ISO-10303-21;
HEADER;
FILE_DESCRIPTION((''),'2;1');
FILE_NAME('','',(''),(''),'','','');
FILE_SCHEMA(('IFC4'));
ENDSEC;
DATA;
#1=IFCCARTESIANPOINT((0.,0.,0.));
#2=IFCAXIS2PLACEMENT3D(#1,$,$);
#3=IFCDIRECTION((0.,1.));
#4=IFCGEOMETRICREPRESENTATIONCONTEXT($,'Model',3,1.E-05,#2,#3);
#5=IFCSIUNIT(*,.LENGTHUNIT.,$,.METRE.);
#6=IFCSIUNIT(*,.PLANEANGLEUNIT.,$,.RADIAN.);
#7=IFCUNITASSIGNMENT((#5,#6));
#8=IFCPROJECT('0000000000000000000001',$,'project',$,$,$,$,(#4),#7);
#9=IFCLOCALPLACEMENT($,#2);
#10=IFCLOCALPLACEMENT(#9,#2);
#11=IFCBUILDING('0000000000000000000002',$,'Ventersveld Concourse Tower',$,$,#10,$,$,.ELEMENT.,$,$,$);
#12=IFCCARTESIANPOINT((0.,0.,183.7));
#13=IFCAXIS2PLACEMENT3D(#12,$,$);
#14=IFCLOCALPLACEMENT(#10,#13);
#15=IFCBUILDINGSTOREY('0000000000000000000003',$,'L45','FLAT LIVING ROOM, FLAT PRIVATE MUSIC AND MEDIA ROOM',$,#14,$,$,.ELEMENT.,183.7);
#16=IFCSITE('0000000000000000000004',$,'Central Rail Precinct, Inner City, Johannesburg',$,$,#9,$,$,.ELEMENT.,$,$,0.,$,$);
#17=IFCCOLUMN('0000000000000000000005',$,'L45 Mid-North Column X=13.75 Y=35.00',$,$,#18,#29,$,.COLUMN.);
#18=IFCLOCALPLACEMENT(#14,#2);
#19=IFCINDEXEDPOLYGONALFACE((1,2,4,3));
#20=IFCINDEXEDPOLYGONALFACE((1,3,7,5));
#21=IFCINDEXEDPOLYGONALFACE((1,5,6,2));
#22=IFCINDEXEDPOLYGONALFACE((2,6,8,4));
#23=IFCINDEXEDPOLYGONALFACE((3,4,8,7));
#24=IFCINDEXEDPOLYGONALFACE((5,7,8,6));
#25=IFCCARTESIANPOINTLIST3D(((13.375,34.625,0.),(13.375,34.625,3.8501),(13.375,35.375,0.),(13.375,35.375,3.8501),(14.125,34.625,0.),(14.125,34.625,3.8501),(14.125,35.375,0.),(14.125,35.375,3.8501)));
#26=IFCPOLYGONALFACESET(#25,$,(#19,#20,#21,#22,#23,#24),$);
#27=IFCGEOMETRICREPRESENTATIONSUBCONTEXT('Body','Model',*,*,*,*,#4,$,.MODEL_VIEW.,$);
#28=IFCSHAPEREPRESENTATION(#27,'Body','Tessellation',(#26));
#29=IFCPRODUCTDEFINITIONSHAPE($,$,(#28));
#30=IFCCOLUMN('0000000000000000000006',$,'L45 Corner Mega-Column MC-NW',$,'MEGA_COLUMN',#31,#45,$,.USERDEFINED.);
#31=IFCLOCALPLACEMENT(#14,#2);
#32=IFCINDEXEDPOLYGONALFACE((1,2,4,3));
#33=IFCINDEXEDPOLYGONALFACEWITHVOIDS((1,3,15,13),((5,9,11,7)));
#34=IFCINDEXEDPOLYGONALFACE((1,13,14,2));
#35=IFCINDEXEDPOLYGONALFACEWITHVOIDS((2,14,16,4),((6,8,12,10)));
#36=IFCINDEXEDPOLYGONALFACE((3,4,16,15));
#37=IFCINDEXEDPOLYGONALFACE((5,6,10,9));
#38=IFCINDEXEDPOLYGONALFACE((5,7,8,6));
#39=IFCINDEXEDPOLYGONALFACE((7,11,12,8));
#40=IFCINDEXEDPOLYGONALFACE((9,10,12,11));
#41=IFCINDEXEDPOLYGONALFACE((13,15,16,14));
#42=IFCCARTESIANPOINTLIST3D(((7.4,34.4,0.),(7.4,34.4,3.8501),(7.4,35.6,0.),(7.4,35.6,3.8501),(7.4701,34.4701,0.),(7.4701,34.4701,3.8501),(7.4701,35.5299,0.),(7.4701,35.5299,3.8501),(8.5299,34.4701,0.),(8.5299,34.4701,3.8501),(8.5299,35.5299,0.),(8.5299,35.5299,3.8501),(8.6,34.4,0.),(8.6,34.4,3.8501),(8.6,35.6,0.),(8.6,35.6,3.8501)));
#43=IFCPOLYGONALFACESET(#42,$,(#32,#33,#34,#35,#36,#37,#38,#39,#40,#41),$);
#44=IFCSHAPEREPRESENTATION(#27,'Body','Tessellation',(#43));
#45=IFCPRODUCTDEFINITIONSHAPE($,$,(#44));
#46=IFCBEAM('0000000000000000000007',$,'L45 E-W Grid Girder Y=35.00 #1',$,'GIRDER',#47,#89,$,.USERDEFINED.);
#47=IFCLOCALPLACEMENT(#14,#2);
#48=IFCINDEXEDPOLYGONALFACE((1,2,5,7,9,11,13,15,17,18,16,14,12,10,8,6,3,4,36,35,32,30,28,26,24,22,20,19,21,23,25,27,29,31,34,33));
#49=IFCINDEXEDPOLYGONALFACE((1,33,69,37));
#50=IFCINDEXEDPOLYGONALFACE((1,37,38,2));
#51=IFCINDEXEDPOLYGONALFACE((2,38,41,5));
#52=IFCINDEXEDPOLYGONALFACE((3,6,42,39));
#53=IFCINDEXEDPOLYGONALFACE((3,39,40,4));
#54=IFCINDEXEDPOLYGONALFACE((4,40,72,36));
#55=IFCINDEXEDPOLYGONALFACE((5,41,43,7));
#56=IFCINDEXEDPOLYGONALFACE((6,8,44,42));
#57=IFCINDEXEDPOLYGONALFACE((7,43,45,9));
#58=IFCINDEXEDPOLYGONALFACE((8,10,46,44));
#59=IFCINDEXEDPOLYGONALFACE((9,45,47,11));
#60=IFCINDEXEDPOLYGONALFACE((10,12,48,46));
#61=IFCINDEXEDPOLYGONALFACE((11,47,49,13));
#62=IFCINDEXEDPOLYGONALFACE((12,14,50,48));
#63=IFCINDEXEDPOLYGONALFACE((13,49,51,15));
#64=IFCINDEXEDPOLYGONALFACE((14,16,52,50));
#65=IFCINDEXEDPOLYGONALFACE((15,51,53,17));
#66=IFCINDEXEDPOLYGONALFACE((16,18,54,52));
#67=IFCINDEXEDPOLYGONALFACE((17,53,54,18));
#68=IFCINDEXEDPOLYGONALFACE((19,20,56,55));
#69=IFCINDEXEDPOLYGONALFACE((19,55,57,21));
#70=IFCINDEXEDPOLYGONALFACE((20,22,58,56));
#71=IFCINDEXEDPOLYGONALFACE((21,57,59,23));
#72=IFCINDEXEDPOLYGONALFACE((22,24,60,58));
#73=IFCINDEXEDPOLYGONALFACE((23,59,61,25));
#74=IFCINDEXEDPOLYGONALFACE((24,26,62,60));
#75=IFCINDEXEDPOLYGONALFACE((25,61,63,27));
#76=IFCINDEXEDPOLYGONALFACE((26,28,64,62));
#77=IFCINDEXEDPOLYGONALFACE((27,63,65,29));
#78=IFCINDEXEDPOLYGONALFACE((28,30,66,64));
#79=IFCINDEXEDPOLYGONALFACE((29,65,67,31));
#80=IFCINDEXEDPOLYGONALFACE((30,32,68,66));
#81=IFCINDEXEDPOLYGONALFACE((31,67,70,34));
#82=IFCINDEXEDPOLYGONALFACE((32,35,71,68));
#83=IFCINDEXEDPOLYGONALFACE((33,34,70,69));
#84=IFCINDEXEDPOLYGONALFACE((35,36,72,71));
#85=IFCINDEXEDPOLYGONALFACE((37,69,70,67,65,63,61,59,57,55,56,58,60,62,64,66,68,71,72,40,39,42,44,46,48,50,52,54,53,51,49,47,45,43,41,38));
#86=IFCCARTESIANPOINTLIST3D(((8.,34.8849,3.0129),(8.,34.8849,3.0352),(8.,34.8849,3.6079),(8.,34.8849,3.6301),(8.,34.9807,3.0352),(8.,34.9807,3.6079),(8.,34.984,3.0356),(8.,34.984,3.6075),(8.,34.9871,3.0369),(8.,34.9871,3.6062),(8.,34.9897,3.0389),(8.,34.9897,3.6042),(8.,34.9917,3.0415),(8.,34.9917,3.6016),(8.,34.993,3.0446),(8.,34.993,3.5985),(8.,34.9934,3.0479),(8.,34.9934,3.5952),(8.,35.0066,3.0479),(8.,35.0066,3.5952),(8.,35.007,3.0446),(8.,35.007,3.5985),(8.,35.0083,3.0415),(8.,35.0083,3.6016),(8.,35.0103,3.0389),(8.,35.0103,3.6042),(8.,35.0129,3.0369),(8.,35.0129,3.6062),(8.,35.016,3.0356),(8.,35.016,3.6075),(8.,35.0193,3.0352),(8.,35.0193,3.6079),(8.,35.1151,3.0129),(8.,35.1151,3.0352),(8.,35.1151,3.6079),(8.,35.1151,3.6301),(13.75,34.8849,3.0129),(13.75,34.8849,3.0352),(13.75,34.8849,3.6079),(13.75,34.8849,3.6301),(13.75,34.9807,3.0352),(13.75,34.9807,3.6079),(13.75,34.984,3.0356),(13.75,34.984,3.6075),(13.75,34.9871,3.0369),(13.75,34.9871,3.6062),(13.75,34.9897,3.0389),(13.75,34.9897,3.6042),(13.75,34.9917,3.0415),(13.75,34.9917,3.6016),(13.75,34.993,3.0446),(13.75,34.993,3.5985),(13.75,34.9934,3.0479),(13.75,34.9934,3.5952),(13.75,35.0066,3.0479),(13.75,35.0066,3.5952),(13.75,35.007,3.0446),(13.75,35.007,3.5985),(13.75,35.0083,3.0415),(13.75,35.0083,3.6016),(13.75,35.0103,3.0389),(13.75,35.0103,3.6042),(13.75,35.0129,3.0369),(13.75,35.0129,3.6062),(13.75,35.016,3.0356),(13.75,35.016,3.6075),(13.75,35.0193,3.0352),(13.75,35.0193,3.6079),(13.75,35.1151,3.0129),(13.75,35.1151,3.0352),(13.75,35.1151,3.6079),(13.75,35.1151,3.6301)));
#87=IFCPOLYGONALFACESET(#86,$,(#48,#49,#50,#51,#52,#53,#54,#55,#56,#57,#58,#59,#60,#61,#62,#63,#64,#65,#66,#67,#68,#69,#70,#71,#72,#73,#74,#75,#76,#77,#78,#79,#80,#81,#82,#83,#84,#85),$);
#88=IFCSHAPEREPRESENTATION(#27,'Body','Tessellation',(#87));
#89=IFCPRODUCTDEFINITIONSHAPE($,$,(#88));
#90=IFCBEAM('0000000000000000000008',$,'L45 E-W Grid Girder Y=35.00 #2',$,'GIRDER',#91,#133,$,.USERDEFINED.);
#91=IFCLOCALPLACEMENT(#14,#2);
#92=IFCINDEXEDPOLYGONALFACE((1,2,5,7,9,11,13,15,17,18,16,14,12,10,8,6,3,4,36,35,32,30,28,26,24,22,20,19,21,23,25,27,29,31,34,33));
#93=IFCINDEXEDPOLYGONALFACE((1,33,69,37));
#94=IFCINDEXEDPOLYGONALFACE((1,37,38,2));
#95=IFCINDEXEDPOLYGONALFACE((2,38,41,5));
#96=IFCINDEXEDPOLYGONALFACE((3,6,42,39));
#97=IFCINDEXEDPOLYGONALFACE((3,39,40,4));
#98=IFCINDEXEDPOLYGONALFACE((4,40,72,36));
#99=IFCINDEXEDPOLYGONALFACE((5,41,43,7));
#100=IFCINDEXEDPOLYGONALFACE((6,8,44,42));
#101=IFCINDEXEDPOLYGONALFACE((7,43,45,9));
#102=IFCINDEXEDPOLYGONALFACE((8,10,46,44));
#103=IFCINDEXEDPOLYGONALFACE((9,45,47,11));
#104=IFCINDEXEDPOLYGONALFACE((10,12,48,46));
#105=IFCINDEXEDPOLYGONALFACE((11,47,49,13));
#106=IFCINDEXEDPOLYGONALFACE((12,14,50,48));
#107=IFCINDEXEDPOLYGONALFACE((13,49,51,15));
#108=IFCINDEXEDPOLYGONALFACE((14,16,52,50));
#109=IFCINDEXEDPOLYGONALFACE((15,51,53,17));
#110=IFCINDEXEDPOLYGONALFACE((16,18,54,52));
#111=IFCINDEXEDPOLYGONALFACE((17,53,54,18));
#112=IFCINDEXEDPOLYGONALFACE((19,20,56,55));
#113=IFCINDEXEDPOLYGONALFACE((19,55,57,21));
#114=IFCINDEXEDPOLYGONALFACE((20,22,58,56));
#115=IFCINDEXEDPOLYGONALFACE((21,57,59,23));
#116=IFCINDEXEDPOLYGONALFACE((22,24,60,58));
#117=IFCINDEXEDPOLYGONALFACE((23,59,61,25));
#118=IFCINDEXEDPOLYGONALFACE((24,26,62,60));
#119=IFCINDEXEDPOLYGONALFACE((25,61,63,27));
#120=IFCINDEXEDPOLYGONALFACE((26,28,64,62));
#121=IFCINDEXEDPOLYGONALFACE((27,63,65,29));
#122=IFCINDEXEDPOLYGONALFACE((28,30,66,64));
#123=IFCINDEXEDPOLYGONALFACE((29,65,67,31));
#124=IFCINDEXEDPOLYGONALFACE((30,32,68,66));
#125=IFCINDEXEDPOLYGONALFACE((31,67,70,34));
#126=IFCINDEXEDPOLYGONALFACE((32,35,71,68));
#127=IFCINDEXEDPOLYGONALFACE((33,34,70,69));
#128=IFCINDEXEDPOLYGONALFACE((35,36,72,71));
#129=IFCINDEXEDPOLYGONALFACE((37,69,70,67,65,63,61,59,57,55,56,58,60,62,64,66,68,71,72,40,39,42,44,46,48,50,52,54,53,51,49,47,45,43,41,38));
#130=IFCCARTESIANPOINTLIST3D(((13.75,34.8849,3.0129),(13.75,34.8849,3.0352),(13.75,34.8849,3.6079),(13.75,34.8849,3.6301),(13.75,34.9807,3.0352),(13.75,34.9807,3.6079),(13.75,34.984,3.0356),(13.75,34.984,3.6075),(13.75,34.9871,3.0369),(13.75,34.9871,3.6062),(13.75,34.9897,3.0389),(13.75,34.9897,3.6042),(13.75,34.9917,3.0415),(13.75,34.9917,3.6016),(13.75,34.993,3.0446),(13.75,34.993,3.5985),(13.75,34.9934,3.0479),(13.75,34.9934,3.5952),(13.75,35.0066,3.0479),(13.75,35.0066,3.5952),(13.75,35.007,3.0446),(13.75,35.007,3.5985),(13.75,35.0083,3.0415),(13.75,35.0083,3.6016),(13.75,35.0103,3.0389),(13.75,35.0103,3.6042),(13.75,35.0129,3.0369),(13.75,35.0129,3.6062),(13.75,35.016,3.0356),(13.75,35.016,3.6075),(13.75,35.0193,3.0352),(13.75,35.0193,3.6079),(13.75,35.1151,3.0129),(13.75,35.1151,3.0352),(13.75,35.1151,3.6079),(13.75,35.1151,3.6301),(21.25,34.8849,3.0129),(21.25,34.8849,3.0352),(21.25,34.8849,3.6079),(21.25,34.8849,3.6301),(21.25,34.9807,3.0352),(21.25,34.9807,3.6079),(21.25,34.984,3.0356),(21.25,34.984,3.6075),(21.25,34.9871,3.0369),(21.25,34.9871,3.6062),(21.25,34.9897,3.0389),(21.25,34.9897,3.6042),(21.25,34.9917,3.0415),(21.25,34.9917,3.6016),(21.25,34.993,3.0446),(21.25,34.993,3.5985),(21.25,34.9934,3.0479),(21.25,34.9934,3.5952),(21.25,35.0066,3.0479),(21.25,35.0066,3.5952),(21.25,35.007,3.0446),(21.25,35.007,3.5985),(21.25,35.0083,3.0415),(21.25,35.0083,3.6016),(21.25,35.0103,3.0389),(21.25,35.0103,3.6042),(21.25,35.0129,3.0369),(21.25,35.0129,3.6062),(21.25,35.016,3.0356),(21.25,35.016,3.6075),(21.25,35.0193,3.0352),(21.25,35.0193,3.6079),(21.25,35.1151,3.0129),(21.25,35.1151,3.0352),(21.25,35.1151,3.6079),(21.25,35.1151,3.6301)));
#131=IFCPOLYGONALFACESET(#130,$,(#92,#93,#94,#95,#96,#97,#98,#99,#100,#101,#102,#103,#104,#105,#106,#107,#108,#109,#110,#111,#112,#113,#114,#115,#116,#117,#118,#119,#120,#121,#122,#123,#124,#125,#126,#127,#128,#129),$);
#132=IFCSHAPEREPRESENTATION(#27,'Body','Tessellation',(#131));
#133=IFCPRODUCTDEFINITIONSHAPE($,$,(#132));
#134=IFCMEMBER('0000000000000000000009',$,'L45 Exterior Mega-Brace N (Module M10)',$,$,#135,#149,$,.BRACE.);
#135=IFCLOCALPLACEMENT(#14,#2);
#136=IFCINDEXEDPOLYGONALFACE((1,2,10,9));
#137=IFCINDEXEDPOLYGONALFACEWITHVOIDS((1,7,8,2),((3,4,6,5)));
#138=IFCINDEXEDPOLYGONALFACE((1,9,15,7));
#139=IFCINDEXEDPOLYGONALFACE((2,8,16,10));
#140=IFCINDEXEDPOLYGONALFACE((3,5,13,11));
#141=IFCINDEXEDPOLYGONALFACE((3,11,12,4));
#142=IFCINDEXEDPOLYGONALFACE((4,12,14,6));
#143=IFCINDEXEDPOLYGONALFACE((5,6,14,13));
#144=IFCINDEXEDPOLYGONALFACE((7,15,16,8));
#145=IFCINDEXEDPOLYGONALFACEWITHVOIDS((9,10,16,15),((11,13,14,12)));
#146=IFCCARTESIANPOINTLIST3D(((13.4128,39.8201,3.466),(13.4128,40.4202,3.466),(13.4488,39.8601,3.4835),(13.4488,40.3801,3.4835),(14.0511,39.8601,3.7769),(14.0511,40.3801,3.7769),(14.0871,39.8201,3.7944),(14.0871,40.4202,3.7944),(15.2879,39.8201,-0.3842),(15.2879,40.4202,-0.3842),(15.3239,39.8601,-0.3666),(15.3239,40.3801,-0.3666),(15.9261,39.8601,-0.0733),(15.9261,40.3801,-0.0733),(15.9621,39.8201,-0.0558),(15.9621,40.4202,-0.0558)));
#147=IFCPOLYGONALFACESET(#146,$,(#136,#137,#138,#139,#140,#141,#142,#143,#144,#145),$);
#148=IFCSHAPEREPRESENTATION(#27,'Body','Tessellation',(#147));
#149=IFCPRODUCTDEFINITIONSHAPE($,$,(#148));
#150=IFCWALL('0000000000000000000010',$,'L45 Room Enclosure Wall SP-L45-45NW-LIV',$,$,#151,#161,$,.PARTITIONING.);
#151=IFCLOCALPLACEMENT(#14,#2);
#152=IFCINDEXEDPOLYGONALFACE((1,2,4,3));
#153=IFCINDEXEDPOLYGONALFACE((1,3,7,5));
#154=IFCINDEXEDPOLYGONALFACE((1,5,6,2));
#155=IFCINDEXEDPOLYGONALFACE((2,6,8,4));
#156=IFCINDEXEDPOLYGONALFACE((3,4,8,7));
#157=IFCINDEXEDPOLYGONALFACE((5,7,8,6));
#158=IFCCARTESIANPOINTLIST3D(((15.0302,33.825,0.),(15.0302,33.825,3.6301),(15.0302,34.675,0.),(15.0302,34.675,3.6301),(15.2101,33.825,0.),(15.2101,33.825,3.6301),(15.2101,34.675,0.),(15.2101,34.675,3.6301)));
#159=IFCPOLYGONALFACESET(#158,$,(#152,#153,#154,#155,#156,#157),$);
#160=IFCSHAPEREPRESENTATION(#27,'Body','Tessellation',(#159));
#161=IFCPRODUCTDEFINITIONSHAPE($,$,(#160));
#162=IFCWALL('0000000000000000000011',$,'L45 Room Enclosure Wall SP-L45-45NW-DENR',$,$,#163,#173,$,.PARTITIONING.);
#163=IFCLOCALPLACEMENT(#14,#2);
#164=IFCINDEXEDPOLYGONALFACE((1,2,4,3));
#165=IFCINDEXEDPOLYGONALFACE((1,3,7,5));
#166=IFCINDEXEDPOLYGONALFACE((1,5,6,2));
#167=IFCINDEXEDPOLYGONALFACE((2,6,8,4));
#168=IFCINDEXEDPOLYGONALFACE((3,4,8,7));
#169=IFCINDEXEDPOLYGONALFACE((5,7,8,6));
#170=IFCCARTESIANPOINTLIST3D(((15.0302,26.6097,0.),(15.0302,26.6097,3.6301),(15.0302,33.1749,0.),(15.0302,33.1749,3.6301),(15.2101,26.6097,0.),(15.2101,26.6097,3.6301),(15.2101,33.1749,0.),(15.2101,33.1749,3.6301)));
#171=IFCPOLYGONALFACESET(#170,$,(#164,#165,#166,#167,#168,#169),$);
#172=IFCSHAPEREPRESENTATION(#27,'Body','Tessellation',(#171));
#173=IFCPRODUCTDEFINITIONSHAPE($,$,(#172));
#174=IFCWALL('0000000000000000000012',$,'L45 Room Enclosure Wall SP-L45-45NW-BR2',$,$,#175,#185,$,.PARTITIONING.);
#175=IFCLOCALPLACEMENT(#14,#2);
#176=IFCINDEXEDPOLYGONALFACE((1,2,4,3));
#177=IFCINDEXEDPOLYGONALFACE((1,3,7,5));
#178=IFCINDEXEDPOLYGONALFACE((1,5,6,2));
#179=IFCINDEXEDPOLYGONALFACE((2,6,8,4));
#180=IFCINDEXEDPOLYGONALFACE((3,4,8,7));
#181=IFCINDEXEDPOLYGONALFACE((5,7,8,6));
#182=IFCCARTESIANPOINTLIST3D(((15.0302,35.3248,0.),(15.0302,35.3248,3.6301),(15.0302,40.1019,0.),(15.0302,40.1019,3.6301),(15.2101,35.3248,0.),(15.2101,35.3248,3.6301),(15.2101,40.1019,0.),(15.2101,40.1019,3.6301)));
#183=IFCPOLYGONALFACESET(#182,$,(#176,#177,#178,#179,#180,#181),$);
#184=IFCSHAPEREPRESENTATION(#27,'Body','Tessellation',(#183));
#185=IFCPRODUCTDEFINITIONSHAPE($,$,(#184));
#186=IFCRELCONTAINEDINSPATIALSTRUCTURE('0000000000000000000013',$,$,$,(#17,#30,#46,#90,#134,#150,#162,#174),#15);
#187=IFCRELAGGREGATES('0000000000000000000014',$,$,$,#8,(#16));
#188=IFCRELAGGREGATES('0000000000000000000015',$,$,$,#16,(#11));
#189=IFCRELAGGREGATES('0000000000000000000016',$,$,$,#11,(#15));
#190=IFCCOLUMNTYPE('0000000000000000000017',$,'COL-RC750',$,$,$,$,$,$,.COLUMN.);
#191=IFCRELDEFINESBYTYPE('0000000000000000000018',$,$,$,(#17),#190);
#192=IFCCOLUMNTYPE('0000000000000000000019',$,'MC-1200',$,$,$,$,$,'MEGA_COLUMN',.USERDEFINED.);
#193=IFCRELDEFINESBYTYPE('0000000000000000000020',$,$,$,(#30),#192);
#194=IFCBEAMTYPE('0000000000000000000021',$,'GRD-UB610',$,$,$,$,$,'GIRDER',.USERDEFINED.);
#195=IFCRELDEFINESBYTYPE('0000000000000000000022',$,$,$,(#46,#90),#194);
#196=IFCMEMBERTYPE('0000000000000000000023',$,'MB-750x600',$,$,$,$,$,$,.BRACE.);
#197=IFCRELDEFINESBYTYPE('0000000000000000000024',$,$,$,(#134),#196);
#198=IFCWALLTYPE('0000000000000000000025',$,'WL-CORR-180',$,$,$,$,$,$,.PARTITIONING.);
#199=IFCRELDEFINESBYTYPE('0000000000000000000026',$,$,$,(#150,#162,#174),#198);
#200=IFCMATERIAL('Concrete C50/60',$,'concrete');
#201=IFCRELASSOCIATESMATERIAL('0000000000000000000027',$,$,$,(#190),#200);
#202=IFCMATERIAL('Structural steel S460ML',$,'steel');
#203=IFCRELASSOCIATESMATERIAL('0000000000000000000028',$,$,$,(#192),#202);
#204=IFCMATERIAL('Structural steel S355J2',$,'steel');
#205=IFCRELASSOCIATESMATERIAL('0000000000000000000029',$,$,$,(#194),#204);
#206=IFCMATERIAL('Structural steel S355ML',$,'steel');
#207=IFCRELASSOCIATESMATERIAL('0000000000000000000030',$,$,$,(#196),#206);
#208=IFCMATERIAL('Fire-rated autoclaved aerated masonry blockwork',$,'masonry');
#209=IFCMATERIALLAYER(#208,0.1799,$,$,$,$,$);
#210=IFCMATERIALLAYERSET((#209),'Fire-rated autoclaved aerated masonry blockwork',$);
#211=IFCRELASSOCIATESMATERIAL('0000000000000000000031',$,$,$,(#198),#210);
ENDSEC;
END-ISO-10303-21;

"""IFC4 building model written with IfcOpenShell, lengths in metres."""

from ifc_helpers import new_model, si_unit, direction, frame, frame_2d, origin, origin_2d, place, context, subcontext, project, spatial, rectangle, hollow_rectangle, i_section, extrude, material, layer, layer_set, material_profile, profile_set, type_object, element, save


model = new_model("IFC4")

# Units and contexts
model_context = context("Model", 3, precision=1e-05, world=origin(), true_north=direction((0.0, 1.0)))
body_context = subcontext(model_context, "Body", "Model", "MODEL_VIEW")
ifc_project = project(units=[si_unit("LENGTHUNIT", "METRE"), si_unit("PLANEANGLEUNIT", "RADIAN")], contexts=[model_context])

# Site, building, storey
site_placement = place(None, origin())
site = spatial("IfcSite", under=ifc_project, at=site_placement, Name="Central Rail Precinct, Inner City, Johannesburg", CompositionType="ELEMENT", RefElevation=0.0)
building_placement = place(site_placement, origin())
building = spatial("IfcBuilding", under=site, at=building_placement, Name="Ventersveld Concourse Tower", CompositionType="ELEMENT")
storey_placement = place(building_placement, frame((0.0, 0.0, 183.7)))
storey = spatial("IfcBuildingStorey", under=building, at=storey_placement, Name="L45", Description="FLAT LIVING ROOM, FLAT PRIVATE MUSIC AND MEDIA ROOM", CompositionType="ELEMENT", Elevation=183.7)

# Columns
ifc_material_1 = material(Name="Concrete C50/60", Category="concrete")
ifc_material_profile_1 = material_profile(ifc_material_1, rectangle(XDim=0.75, YDim=0.75, at=origin_2d()), Name="RC 750x750")
ifc_profile_set_1 = profile_set([ifc_material_profile_1], Name="Concrete C50/60")
column_type_1 = type_object("IfcColumnType", Name="COL-RC750", PredefinedType="COLUMN", material=ifc_profile_set_1)
column_1_placement = place(storey_placement, frame((13.75, 35.0, 0.0), z_axis=(0.0, 0.0, 1.0), x_axis=(1.0, 0.0, 0.0)))
element("IfcColumn", 1, at=column_1_placement, inside=storey, type_object=column_type_1, Name="L45 Mid-North Column X=13.75 Y=35.00", PredefinedType="COLUMN", context=body_context, shape_type="SweptSolid", body=[
    extrude(rectangle(XDim=0.75, YDim=0.75, at=origin_2d()), origin(), (0.0, 0.0, 1.0), 3.8501),
])
ifc_material_2 = material(Name="Structural steel S460ML", Category="steel")
ifc_material_profile_2 = material_profile(ifc_material_2, hollow_rectangle(XDim=1.2, YDim=1.2, WallThickness=0.0701, at=origin_2d()), Name="BOX 1200x1200x70")
ifc_profile_set_2 = profile_set([ifc_material_profile_2], Name="Structural steel S460ML")
column_type_2 = type_object("IfcColumnType", Name="MC-1200", ElementType="MEGA_COLUMN", PredefinedType="USERDEFINED", material=ifc_profile_set_2)
column_2_placement = place(storey_placement, frame((8.0, 35.0, 0.0), z_axis=(0.0, 0.0, 1.0), x_axis=(1.0, 0.0, 0.0)))
element("IfcColumn", 2, at=column_2_placement, inside=storey, type_object=column_type_2, Name="L45 Corner Mega-Column MC-NW", ObjectType="MEGA_COLUMN", PredefinedType="USERDEFINED", context=body_context, shape_type="SweptSolid", body=[
    extrude(hollow_rectangle(XDim=1.2, YDim=1.2, WallThickness=0.0701, at=origin_2d()), origin(), (0.0, 0.0, 1.0), 3.8501),
])

# Beams
ifc_material_3 = material(Name="Structural steel S355J2", Category="steel")
ifc_material_profile_3 = material_profile(ifc_material_3, i_section(OverallWidth=0.2302, OverallDepth=0.6172, WebThickness=0.0132, FlangeThickness=0.0222, FilletRadius=0.0127, at=origin_2d()), Name="UB 610x229x140")
ifc_profile_set_3 = profile_set([ifc_material_profile_3], Name="Structural steel S355J2")
beam_type = type_object("IfcBeamType", Name="GRD-UB610", ElementType="GIRDER", PredefinedType="USERDEFINED", material=ifc_profile_set_3)
beam_1_placement = place(storey_placement, frame((8.0, 35.0, 3.3215), z_axis=(1.0, 0.0, 0.0), x_axis=(0.0, 1.0, 0.0)))
element("IfcBeam", 3, at=beam_1_placement, inside=storey, type_object=beam_type, Name="L45 E-W Grid Girder Y=35.00 #1", ObjectType="GIRDER", PredefinedType="USERDEFINED", context=body_context, shape_type="SweptSolid", body=[
    extrude(i_section(OverallWidth=0.2302, OverallDepth=0.6172, WebThickness=0.0132, FlangeThickness=0.0222, FilletRadius=0.0127, at=origin_2d()), origin(), (0.0, 0.0, 1.0), 5.75),
])
beam_2_placement = place(storey_placement, frame((13.75, 35.0, 3.3215), z_axis=(1.0, 0.0, 0.0), x_axis=(0.0, 1.0, 0.0)))
element("IfcBeam", 4, at=beam_2_placement, inside=storey, type_object=beam_type, Name="L45 E-W Grid Girder Y=35.00 #2", ObjectType="GIRDER", PredefinedType="USERDEFINED", context=body_context, shape_type="SweptSolid", body=[
    extrude(i_section(OverallWidth=0.2302, OverallDepth=0.6172, WebThickness=0.0132, FlangeThickness=0.0222, FilletRadius=0.0127, at=origin_2d()), origin(), (0.0, 0.0, 1.0), 7.5),
])

# Member
ifc_material_4 = material(Name="Structural steel S355ML", Category="steel")
ifc_material_profile_4 = material_profile(ifc_material_4, hollow_rectangle(XDim=0.6001, YDim=0.75, WallThickness=0.04, at=origin_2d()), Name="BOX 750x600x40")
ifc_profile_set_4 = profile_set([ifc_material_profile_4], Name="Structural steel S355ML")
member_type = type_object("IfcMemberType", Name="MB-750x600", PredefinedType="BRACE", material=ifc_profile_set_4)
member_placement = place(storey_placement, frame((15.625, 40.1201, -0.22), z_axis=(-0.437839, 0.0, 0.899053), x_axis=(0.0, -1.0, 0.0)))
element("IfcMember", 5, at=member_placement, inside=storey, type_object=member_type, Name="L45 Exterior Mega-Brace N (Module M10)", PredefinedType="BRACE", context=body_context, shape_type="SweptSolid", body=[
    extrude(hollow_rectangle(XDim=0.6001, YDim=0.75, WallThickness=0.04, at=origin_2d()), origin(), (0.0, 0.0, 1.0), 4.2825),
])

# Walls
ifc_material_5 = material(Name="Fire-rated autoclaved aerated masonry blockwork", Category="masonry")
ifc_layer_1 = layer(ifc_material_5, 0.1799)
ifc_layer_set_1 = layer_set([ifc_layer_1], Name="Fire-rated autoclaved aerated masonry blockwork")
wall_type_1 = type_object("IfcWallType", Name="WL-CORR-180", PredefinedType="PARTITIONING", material=ifc_layer_set_1)
wall_1_placement = place(storey_placement, frame((15.1201, 34.675, 0.0), z_axis=(0.0, 0.0, 1.0), x_axis=(0.0, -1.0, 0.0)))
element("IfcWall", 6, at=wall_1_placement, inside=storey, type_object=wall_type_1, Name="L45 Room Enclosure Wall SP-L45-45NW-LIV", PredefinedType="PARTITIONING", context=body_context, shape_type="SweptSolid", body=[
    extrude(rectangle(XDim=0.8501, YDim=0.1799, at=frame_2d((0.425, 0.0))), origin(), (0.0, 0.0, 1.0), 3.6301),
])
wall_2_placement = place(storey_placement, frame((15.1201, 33.175, 0.0), z_axis=(0.0, 0.0, 1.0), x_axis=(0.0, -1.0, 0.0)))
element("IfcWall", 7, at=wall_2_placement, inside=storey, type_object=wall_type_1, Name="L45 Room Enclosure Wall SP-L45-45NW-DENR", PredefinedType="PARTITIONING", context=body_context, shape_type="SweptSolid", body=[
    extrude(rectangle(XDim=6.5652, YDim=0.1799, at=frame_2d((3.2827, 0.0))), origin(), (0.0, 0.0, 1.0), 3.6301),
])
wall_3_placement = place(storey_placement, frame((15.1201, 40.1021, 0.0), z_axis=(0.0, 0.0, 1.0), x_axis=(0.0, -1.0, 0.0)))
element("IfcWall", 8, at=wall_3_placement, inside=storey, type_object=wall_type_1, Name="L45 Room Enclosure Wall SP-L45-45NW-BR2", PredefinedType="PARTITIONING", context=body_context, shape_type="SweptSolid", body=[
    extrude(rectangle(XDim=4.7771, YDim=0.1799, at=frame_2d((2.3887, 0.0))), origin(), (0.0, 0.0, 1.0), 3.6301),
])

save(model, "model.ifc")
